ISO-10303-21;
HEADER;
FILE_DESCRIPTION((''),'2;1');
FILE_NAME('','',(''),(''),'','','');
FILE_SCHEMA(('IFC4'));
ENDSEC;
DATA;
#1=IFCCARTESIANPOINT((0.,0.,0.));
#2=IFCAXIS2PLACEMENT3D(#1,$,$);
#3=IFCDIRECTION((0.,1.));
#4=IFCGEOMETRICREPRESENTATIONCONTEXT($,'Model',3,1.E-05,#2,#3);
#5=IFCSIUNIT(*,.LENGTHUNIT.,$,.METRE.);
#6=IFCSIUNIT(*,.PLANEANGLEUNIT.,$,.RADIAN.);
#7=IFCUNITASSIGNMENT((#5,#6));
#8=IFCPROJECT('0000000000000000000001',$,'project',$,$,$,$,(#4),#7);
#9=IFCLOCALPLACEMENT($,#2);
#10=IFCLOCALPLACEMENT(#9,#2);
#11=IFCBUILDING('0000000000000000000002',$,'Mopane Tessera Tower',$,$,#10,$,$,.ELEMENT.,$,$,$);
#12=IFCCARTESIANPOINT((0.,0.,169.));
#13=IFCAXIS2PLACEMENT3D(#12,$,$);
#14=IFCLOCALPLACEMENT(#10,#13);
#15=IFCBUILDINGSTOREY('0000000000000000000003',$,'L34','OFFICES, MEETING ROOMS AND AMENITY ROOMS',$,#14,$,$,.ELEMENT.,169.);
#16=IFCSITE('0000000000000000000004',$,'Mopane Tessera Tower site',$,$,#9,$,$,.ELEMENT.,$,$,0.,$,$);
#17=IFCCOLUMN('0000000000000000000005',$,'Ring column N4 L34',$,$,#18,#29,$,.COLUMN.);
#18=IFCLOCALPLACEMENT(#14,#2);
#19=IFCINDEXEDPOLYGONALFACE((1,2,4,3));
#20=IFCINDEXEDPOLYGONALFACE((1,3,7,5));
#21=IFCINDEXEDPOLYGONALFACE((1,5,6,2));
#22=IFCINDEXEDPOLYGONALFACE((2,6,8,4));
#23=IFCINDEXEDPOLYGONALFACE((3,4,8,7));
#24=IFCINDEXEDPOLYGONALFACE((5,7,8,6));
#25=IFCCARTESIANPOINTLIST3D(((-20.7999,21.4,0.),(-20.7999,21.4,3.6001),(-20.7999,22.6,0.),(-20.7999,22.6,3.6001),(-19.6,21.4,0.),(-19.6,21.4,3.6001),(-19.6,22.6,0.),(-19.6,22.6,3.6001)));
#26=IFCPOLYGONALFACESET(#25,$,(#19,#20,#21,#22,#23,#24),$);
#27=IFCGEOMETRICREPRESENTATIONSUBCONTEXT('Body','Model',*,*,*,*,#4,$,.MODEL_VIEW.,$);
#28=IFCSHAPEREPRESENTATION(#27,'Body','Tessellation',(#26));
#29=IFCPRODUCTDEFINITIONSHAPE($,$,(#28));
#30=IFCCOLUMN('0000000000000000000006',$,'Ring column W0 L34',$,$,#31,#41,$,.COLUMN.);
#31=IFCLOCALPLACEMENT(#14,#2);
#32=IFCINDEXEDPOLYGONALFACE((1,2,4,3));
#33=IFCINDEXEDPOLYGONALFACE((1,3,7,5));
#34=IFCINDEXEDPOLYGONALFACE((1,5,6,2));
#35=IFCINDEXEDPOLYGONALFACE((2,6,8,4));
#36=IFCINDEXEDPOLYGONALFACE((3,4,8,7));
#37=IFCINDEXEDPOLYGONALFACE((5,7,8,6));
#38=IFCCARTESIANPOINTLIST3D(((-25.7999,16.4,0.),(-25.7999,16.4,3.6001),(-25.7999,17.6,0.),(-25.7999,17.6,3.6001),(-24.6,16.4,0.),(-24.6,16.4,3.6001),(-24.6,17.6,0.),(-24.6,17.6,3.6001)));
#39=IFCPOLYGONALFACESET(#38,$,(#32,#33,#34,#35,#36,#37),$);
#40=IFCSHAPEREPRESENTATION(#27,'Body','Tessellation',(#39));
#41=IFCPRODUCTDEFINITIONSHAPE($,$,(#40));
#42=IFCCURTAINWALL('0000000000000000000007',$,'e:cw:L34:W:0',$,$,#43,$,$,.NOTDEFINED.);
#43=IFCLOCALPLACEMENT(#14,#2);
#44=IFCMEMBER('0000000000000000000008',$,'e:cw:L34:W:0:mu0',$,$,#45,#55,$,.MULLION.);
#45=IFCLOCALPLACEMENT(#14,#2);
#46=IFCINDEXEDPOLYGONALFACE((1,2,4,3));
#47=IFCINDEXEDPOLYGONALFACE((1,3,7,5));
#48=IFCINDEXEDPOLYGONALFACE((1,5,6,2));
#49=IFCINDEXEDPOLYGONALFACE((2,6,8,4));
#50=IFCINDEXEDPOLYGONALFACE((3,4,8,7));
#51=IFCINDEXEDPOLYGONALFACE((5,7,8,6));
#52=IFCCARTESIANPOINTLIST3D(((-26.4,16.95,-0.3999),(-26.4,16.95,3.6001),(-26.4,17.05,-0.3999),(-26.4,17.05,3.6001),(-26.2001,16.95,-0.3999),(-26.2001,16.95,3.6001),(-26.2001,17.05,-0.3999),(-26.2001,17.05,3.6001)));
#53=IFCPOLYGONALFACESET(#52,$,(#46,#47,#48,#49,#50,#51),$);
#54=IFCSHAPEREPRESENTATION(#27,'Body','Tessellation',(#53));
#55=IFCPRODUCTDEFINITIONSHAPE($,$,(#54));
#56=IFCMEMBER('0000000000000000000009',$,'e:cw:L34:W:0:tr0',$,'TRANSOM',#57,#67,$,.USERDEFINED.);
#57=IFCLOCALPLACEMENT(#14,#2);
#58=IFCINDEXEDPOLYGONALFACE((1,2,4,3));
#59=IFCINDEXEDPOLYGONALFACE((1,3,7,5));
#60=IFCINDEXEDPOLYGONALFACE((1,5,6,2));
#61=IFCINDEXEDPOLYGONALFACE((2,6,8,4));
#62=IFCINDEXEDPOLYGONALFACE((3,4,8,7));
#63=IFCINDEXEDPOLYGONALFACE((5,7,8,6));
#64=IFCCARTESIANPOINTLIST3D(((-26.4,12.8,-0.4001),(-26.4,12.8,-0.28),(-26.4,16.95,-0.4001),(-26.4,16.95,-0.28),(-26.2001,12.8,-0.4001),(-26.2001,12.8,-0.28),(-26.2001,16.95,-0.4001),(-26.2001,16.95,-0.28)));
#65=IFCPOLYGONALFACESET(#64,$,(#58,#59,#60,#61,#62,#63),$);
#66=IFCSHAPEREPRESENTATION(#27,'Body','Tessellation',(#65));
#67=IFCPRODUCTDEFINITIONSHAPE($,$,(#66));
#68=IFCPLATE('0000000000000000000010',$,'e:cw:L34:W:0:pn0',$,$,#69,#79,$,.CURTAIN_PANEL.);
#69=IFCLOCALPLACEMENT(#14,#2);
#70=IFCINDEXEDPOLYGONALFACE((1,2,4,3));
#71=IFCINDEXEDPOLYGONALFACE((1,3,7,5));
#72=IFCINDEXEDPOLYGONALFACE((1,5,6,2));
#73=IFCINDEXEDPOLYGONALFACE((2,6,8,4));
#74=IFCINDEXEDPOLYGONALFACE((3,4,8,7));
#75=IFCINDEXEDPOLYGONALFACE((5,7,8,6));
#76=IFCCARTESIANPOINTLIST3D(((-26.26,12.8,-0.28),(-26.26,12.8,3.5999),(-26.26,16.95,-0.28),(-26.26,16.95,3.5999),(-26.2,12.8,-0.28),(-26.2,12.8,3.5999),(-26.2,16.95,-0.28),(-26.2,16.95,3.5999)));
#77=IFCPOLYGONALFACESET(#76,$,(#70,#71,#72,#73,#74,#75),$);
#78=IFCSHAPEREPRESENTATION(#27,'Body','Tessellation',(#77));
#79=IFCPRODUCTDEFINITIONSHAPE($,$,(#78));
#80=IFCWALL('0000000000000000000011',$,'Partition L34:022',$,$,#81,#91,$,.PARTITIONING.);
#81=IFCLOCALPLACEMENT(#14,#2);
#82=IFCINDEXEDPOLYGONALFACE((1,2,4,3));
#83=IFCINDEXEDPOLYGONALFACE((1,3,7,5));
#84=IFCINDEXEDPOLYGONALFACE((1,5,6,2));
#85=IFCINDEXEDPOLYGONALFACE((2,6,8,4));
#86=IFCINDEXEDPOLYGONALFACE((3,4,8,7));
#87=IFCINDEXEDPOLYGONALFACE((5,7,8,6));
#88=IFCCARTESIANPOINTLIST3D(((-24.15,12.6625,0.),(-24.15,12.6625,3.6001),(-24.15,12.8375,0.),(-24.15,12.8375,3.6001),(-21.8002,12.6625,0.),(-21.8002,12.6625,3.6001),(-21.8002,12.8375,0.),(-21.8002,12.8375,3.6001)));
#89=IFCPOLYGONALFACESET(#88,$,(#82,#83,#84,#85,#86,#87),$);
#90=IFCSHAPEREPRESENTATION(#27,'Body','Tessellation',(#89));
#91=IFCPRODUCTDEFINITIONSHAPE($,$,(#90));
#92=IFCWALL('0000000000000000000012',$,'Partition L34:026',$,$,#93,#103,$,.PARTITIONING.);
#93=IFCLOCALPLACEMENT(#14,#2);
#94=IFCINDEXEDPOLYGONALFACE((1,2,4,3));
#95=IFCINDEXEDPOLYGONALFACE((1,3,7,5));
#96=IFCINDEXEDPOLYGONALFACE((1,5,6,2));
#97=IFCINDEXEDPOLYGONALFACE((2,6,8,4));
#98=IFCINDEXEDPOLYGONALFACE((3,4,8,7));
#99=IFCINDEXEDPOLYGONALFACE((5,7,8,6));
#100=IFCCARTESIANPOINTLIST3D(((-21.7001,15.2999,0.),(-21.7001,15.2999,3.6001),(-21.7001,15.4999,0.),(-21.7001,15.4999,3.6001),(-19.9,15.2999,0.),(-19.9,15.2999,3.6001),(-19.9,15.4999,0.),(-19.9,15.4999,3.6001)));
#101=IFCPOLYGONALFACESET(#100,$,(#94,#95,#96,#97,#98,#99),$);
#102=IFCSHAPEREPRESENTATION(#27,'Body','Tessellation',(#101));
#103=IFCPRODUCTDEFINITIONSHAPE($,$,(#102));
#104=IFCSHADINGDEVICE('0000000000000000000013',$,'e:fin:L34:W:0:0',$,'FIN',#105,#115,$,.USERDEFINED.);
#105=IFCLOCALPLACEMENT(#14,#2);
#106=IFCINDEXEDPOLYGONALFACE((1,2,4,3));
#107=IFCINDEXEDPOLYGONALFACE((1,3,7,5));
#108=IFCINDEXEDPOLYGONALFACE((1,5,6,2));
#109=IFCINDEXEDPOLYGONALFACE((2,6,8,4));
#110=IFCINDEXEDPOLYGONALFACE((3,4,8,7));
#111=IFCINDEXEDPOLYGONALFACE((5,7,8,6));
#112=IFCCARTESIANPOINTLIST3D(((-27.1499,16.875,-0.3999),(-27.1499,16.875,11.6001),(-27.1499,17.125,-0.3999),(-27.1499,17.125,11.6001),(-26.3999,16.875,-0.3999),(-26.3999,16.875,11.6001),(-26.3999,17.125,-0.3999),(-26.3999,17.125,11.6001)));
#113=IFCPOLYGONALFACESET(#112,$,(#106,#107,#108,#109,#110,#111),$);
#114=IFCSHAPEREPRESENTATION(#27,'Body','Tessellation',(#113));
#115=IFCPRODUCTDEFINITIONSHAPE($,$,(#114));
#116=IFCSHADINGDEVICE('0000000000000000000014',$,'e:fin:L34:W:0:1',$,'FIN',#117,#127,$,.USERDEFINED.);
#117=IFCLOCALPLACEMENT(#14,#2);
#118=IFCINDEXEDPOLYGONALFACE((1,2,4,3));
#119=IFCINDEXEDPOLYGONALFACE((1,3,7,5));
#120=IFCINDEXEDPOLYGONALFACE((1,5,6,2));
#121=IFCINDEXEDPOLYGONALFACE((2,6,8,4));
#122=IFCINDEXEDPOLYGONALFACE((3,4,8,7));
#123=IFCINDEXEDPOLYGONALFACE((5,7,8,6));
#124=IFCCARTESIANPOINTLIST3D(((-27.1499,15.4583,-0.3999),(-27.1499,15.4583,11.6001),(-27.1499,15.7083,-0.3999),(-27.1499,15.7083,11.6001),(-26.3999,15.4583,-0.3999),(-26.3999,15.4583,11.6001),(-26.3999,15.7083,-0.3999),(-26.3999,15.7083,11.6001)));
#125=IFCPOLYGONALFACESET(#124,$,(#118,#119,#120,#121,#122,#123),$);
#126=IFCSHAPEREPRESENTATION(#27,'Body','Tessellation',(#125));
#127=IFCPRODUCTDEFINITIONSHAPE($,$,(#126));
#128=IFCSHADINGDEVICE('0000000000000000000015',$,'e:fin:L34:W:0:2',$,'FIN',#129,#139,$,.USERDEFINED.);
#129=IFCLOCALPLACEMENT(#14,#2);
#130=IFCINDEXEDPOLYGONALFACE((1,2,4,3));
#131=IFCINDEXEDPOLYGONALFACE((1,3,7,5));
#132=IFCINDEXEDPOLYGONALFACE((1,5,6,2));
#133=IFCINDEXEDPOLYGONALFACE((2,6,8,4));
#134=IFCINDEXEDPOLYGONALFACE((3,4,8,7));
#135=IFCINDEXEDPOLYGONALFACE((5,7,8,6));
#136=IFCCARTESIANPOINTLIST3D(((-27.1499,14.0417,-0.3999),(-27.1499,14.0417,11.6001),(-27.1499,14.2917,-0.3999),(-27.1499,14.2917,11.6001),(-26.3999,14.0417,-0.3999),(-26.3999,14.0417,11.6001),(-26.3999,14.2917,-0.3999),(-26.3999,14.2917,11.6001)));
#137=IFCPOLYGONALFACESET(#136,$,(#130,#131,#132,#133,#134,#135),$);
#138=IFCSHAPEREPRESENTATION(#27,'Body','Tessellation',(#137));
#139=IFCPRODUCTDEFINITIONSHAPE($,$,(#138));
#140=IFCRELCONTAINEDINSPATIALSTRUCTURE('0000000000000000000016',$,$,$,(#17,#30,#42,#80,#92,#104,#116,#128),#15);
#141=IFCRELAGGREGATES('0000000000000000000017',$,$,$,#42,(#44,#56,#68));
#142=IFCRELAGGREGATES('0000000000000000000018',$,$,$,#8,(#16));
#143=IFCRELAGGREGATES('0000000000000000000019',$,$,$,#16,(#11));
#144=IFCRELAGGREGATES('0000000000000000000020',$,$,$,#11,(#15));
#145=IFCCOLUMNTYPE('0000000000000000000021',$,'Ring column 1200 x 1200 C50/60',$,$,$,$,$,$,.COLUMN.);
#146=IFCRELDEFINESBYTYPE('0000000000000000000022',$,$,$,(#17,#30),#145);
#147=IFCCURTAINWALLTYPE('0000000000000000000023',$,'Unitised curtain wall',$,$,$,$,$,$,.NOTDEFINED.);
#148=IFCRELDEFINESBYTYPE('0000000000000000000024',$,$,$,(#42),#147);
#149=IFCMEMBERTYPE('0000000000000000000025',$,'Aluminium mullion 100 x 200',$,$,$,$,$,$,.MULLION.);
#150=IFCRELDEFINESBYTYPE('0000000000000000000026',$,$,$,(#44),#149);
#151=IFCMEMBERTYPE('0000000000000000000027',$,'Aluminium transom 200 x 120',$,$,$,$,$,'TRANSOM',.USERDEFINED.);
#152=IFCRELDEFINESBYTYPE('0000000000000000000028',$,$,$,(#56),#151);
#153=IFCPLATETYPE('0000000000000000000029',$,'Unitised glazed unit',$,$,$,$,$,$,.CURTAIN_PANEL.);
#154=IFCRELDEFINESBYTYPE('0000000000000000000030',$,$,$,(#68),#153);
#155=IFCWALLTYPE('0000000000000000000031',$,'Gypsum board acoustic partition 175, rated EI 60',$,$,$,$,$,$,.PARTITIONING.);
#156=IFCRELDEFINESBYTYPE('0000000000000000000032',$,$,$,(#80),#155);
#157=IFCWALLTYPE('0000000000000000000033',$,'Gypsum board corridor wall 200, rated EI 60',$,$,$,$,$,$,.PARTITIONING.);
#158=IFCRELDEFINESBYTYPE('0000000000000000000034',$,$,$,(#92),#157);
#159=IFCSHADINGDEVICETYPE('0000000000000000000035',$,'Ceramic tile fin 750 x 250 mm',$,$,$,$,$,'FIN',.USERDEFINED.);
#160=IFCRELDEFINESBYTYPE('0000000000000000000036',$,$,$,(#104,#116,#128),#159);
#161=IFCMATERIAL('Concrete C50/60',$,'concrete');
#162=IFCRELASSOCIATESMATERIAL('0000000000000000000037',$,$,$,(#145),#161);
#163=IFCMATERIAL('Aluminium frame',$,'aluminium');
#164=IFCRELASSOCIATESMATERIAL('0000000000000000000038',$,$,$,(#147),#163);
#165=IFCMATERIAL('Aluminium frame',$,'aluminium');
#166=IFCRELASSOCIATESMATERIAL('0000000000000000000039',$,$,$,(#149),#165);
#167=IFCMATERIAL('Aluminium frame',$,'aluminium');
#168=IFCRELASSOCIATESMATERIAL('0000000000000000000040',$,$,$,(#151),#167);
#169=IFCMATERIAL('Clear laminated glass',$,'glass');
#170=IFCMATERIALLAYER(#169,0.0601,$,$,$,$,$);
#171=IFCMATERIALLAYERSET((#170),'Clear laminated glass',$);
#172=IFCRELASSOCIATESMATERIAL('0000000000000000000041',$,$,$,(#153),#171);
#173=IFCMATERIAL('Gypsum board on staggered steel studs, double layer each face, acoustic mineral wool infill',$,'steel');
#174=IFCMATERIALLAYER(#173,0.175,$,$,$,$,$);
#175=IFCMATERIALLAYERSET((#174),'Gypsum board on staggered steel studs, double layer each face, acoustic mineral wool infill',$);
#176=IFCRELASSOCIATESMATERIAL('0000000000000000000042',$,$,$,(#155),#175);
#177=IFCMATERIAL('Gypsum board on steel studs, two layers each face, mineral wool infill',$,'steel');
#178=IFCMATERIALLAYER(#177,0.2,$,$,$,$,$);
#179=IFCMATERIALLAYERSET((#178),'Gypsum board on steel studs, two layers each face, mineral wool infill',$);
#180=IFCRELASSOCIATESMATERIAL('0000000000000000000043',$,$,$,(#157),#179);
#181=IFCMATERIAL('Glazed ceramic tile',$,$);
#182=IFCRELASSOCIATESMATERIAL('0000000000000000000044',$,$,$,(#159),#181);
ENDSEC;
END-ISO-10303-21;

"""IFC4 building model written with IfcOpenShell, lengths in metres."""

from ifc_helpers import new_model, si_unit, direction, frame, frame_2d, origin, origin_2d, place, context, subcontext, project, spatial, rectangle, extrude, material, layer, layer_set, material_profile, profile_set, type_object, element, aggregate, save


model = new_model("IFC4")

# Units and contexts
model_context = context("Model", 3, precision=1e-05, world=origin(), true_north=direction((0.0, 1.0)))
body_context = subcontext(model_context, "Body", "Model", "MODEL_VIEW")
ifc_project = project(units=[si_unit("LENGTHUNIT", "METRE"), si_unit("PLANEANGLEUNIT", "RADIAN")], contexts=[model_context])

# Site, building, storey
site_placement = place(None, origin())
site = spatial("IfcSite", under=ifc_project, at=site_placement, Name="Mopane Tessera Tower site", CompositionType="ELEMENT", RefElevation=0.0)
building_placement = place(site_placement, origin())
building = spatial("IfcBuilding", under=site, at=building_placement, Name="Mopane Tessera Tower", CompositionType="ELEMENT")
storey_placement = place(building_placement, frame((0.0, 0.0, 169.0)))
storey = spatial("IfcBuildingStorey", under=building, at=storey_placement, Name="L34", Description="OFFICES, MEETING ROOMS AND AMENITY ROOMS", CompositionType="ELEMENT", Elevation=169.0)

# Columns
ifc_material_1 = material(Name="Concrete C50/60", Category="concrete")
ifc_material_profile_1 = material_profile(ifc_material_1, rectangle(XDim=1.2, YDim=1.2, at=origin_2d()))
ifc_profile_set_1 = profile_set([ifc_material_profile_1], Name="Concrete C50/60")
column_type = type_object("IfcColumnType", Name="Ring column 1200 x 1200 C50/60", PredefinedType="COLUMN", material=ifc_profile_set_1)
for number, where, z_axis, x_axis, name in (
    (1, (-20.2, 22.0, 0.0), (0.0, 0.0, 1.0), (1.0, 0.0, 0.0), "Ring column N4 L34"),
    (2, (-25.2, 17.0, 0.0), (0.0, 0.0, 1.0), (1.0, 0.0, 0.0), "Ring column W0 L34"),
):
    element("IfcColumn", number, at=place(storey_placement, frame(where, z_axis=z_axis, x_axis=x_axis)), inside=storey, type_object=column_type, Name=name, PredefinedType="COLUMN", context=body_context, shape_type="SweptSolid", body=[
        extrude(rectangle(XDim=1.2, YDim=1.2, at=origin_2d()), origin(), (0.0, 0.0, 1.0), 3.6001),
    ])

# Curtain wall, members, plate
ifc_material_2 = material(Name="Aluminium frame", Category="aluminium")
curtain_wall_type = type_object("IfcCurtainWallType", Name="Unitised curtain wall", PredefinedType="NOTDEFINED", material=ifc_material_2)
curtain_wall_placement = place(storey_placement, origin())
curtain_wall = element("IfcCurtainWall", 3, at=curtain_wall_placement, inside=storey, type_object=curtain_wall_type, Name="e:cw:L34:W:0", PredefinedType="NOTDEFINED")
ifc_material_3 = material(Name="Aluminium frame", Category="aluminium")
ifc_material_profile_2 = material_profile(ifc_material_3, rectangle(XDim=0.1001, YDim=0.2, at=origin_2d()))
ifc_profile_set_2 = profile_set([ifc_material_profile_2], Name="Aluminium frame")
member_type_1 = type_object("IfcMemberType", Name="Aluminium mullion 100 x 200", PredefinedType="MULLION", material=ifc_profile_set_2)
member_1_placement = place(storey_placement, frame((-26.3, 17.0, -0.3999), z_axis=(0.0, 0.0, 1.0), x_axis=(0.0, -1.0, 0.0)))
member_1 = element("IfcMember", 4, at=member_1_placement, type_object=member_type_1, Name="e:cw:L34:W:0:mu0", PredefinedType="MULLION", context=body_context, shape_type="SweptSolid", body=[
    extrude(rectangle(XDim=0.1001, YDim=0.2, at=origin_2d()), origin(), (0.0, 0.0, 1.0), 4.0),
])
ifc_material_4 = material(Name="Aluminium frame", Category="aluminium")
ifc_material_profile_3 = material_profile(ifc_material_4, rectangle(XDim=0.2, YDim=0.1201, at=origin_2d()))
ifc_profile_set_3 = profile_set([ifc_material_profile_3], Name="Aluminium frame")
member_type_2 = type_object("IfcMemberType", Name="Aluminium transom 200 x 120", ElementType="TRANSOM", PredefinedType="USERDEFINED", material=ifc_profile_set_3)
member_2_placement = place(storey_placement, frame((-26.3, 16.95, -0.3401), z_axis=(0.0, -1.0, 0.0), x_axis=(1.0, 0.0, 0.0)))
member_2 = element("IfcMember", 5, at=member_2_placement, type_object=member_type_2, Name="e:cw:L34:W:0:tr0", ObjectType="TRANSOM", PredefinedType="USERDEFINED", context=body_context, shape_type="SweptSolid", body=[
    extrude(rectangle(XDim=0.2, YDim=0.1201, at=origin_2d()), origin(), (0.0, 0.0, 1.0), 4.1499),
])
ifc_material_5 = material(Name="Clear laminated glass", Category="glass")
ifc_layer_1 = layer(ifc_material_5, 0.0601)
ifc_layer_set_1 = layer_set([ifc_layer_1], Name="Clear laminated glass")
plate_type = type_object("IfcPlateType", Name="Unitised glazed unit", PredefinedType="CURTAIN_PANEL", material=ifc_layer_set_1)
plate_placement = place(storey_placement, frame((-26.23, 14.875, -0.28), z_axis=(0.0, 0.0, 1.0), x_axis=(0.0, -1.0, 0.0)))
plate = element("IfcPlate", 6, at=plate_placement, type_object=plate_type, Name="e:cw:L34:W:0:pn0", PredefinedType="CURTAIN_PANEL", context=body_context, shape_type="SweptSolid", body=[
    extrude(rectangle(XDim=4.1499, YDim=0.0601, at=origin_2d()), origin(), (0.0, 0.0, 1.0), 3.8799),
])
aggregate(curtain_wall, [member_1, member_2, plate])

# Walls
ifc_material_6 = material(Name="Gypsum board on staggered steel studs, double layer each face, acoustic mineral wool infill", Category="steel")
ifc_layer_2 = layer(ifc_material_6, 0.175)
ifc_layer_set_2 = layer_set([ifc_layer_2], Name="Gypsum board on staggered steel studs, double layer each face, acoustic mineral wool infill")
wall_type_1 = type_object("IfcWallType", Name="Gypsum board acoustic partition 175, rated EI 60", PredefinedType="PARTITIONING", material=ifc_layer_set_2)
wall_1_placement = place(storey_placement, frame((-24.1499, 12.75, 0.0), z_axis=(0.0, 0.0, 1.0), x_axis=(1.0, 0.0, 0.0)))
element("IfcWall", 7, at=wall_1_placement, inside=storey, type_object=wall_type_1, Name="Partition L34:022", PredefinedType="PARTITIONING", context=body_context, shape_type="SweptSolid", body=[
    extrude(rectangle(XDim=2.3499, YDim=0.175, at=frame_2d((1.1748, 0.0))), origin(), (0.0, 0.0, 1.0), 3.6001),
])
ifc_material_7 = material(Name="Gypsum board on steel studs, two layers each face, mineral wool infill", Category="steel")
ifc_layer_3 = layer(ifc_material_7, 0.2)
ifc_layer_set_3 = layer_set([ifc_layer_3], Name="Gypsum board on steel studs, two layers each face, mineral wool infill")
wall_type_2 = type_object("IfcWallType", Name="Gypsum board corridor wall 200, rated EI 60", PredefinedType="PARTITIONING", material=ifc_layer_set_3)
wall_2_placement = place(storey_placement, frame((-21.7, 15.3999, 0.0), z_axis=(0.0, 0.0, 1.0), x_axis=(1.0, 0.0, 0.0)))
element("IfcWall", 8, at=wall_2_placement, inside=storey, type_object=wall_type_2, Name="Partition L34:026", PredefinedType="PARTITIONING", context=body_context, shape_type="SweptSolid", body=[
    extrude(rectangle(XDim=1.8, YDim=0.2, at=frame_2d((0.8999, 0.0))), origin(), (0.0, 0.0, 1.0), 3.6001),
])

# Shading devices
ifc_material_8 = material(Name="Glazed ceramic tile")
shading_device_type = type_object("IfcShadingDeviceType", Name="Ceramic tile fin 750 x 250 mm", ElementType="FIN", PredefinedType="USERDEFINED", material=ifc_material_8)
for number, where, z_axis, x_axis, name in (
    (9, (-26.7749, 17.0, -0.3999), (0.0, 0.0, 1.0), (0.0, -1.0, 0.0), "e:fin:L34:W:0:0"),
    (10, (-26.7749, 15.5833, -0.3999), (0.0, 0.0, 1.0), (0.0, -1.0, 0.0), "e:fin:L34:W:0:1"),
    (11, (-26.7749, 14.1667, -0.3999), (0.0, 0.0, 1.0), (0.0, -1.0, 0.0), "e:fin:L34:W:0:2"),
):
    element("IfcShadingDevice", number, at=place(storey_placement, frame(where, z_axis=z_axis, x_axis=x_axis)), inside=storey, type_object=shading_device_type, Name=name, ObjectType="FIN", PredefinedType="USERDEFINED", context=body_context, shape_type="SweptSolid", body=[
        extrude(rectangle(XDim=0.25, YDim=0.75, at=origin_2d()), origin(), (0.0, 0.0, 1.0), 12.0),
    ])

save(model, "model.ifc")
